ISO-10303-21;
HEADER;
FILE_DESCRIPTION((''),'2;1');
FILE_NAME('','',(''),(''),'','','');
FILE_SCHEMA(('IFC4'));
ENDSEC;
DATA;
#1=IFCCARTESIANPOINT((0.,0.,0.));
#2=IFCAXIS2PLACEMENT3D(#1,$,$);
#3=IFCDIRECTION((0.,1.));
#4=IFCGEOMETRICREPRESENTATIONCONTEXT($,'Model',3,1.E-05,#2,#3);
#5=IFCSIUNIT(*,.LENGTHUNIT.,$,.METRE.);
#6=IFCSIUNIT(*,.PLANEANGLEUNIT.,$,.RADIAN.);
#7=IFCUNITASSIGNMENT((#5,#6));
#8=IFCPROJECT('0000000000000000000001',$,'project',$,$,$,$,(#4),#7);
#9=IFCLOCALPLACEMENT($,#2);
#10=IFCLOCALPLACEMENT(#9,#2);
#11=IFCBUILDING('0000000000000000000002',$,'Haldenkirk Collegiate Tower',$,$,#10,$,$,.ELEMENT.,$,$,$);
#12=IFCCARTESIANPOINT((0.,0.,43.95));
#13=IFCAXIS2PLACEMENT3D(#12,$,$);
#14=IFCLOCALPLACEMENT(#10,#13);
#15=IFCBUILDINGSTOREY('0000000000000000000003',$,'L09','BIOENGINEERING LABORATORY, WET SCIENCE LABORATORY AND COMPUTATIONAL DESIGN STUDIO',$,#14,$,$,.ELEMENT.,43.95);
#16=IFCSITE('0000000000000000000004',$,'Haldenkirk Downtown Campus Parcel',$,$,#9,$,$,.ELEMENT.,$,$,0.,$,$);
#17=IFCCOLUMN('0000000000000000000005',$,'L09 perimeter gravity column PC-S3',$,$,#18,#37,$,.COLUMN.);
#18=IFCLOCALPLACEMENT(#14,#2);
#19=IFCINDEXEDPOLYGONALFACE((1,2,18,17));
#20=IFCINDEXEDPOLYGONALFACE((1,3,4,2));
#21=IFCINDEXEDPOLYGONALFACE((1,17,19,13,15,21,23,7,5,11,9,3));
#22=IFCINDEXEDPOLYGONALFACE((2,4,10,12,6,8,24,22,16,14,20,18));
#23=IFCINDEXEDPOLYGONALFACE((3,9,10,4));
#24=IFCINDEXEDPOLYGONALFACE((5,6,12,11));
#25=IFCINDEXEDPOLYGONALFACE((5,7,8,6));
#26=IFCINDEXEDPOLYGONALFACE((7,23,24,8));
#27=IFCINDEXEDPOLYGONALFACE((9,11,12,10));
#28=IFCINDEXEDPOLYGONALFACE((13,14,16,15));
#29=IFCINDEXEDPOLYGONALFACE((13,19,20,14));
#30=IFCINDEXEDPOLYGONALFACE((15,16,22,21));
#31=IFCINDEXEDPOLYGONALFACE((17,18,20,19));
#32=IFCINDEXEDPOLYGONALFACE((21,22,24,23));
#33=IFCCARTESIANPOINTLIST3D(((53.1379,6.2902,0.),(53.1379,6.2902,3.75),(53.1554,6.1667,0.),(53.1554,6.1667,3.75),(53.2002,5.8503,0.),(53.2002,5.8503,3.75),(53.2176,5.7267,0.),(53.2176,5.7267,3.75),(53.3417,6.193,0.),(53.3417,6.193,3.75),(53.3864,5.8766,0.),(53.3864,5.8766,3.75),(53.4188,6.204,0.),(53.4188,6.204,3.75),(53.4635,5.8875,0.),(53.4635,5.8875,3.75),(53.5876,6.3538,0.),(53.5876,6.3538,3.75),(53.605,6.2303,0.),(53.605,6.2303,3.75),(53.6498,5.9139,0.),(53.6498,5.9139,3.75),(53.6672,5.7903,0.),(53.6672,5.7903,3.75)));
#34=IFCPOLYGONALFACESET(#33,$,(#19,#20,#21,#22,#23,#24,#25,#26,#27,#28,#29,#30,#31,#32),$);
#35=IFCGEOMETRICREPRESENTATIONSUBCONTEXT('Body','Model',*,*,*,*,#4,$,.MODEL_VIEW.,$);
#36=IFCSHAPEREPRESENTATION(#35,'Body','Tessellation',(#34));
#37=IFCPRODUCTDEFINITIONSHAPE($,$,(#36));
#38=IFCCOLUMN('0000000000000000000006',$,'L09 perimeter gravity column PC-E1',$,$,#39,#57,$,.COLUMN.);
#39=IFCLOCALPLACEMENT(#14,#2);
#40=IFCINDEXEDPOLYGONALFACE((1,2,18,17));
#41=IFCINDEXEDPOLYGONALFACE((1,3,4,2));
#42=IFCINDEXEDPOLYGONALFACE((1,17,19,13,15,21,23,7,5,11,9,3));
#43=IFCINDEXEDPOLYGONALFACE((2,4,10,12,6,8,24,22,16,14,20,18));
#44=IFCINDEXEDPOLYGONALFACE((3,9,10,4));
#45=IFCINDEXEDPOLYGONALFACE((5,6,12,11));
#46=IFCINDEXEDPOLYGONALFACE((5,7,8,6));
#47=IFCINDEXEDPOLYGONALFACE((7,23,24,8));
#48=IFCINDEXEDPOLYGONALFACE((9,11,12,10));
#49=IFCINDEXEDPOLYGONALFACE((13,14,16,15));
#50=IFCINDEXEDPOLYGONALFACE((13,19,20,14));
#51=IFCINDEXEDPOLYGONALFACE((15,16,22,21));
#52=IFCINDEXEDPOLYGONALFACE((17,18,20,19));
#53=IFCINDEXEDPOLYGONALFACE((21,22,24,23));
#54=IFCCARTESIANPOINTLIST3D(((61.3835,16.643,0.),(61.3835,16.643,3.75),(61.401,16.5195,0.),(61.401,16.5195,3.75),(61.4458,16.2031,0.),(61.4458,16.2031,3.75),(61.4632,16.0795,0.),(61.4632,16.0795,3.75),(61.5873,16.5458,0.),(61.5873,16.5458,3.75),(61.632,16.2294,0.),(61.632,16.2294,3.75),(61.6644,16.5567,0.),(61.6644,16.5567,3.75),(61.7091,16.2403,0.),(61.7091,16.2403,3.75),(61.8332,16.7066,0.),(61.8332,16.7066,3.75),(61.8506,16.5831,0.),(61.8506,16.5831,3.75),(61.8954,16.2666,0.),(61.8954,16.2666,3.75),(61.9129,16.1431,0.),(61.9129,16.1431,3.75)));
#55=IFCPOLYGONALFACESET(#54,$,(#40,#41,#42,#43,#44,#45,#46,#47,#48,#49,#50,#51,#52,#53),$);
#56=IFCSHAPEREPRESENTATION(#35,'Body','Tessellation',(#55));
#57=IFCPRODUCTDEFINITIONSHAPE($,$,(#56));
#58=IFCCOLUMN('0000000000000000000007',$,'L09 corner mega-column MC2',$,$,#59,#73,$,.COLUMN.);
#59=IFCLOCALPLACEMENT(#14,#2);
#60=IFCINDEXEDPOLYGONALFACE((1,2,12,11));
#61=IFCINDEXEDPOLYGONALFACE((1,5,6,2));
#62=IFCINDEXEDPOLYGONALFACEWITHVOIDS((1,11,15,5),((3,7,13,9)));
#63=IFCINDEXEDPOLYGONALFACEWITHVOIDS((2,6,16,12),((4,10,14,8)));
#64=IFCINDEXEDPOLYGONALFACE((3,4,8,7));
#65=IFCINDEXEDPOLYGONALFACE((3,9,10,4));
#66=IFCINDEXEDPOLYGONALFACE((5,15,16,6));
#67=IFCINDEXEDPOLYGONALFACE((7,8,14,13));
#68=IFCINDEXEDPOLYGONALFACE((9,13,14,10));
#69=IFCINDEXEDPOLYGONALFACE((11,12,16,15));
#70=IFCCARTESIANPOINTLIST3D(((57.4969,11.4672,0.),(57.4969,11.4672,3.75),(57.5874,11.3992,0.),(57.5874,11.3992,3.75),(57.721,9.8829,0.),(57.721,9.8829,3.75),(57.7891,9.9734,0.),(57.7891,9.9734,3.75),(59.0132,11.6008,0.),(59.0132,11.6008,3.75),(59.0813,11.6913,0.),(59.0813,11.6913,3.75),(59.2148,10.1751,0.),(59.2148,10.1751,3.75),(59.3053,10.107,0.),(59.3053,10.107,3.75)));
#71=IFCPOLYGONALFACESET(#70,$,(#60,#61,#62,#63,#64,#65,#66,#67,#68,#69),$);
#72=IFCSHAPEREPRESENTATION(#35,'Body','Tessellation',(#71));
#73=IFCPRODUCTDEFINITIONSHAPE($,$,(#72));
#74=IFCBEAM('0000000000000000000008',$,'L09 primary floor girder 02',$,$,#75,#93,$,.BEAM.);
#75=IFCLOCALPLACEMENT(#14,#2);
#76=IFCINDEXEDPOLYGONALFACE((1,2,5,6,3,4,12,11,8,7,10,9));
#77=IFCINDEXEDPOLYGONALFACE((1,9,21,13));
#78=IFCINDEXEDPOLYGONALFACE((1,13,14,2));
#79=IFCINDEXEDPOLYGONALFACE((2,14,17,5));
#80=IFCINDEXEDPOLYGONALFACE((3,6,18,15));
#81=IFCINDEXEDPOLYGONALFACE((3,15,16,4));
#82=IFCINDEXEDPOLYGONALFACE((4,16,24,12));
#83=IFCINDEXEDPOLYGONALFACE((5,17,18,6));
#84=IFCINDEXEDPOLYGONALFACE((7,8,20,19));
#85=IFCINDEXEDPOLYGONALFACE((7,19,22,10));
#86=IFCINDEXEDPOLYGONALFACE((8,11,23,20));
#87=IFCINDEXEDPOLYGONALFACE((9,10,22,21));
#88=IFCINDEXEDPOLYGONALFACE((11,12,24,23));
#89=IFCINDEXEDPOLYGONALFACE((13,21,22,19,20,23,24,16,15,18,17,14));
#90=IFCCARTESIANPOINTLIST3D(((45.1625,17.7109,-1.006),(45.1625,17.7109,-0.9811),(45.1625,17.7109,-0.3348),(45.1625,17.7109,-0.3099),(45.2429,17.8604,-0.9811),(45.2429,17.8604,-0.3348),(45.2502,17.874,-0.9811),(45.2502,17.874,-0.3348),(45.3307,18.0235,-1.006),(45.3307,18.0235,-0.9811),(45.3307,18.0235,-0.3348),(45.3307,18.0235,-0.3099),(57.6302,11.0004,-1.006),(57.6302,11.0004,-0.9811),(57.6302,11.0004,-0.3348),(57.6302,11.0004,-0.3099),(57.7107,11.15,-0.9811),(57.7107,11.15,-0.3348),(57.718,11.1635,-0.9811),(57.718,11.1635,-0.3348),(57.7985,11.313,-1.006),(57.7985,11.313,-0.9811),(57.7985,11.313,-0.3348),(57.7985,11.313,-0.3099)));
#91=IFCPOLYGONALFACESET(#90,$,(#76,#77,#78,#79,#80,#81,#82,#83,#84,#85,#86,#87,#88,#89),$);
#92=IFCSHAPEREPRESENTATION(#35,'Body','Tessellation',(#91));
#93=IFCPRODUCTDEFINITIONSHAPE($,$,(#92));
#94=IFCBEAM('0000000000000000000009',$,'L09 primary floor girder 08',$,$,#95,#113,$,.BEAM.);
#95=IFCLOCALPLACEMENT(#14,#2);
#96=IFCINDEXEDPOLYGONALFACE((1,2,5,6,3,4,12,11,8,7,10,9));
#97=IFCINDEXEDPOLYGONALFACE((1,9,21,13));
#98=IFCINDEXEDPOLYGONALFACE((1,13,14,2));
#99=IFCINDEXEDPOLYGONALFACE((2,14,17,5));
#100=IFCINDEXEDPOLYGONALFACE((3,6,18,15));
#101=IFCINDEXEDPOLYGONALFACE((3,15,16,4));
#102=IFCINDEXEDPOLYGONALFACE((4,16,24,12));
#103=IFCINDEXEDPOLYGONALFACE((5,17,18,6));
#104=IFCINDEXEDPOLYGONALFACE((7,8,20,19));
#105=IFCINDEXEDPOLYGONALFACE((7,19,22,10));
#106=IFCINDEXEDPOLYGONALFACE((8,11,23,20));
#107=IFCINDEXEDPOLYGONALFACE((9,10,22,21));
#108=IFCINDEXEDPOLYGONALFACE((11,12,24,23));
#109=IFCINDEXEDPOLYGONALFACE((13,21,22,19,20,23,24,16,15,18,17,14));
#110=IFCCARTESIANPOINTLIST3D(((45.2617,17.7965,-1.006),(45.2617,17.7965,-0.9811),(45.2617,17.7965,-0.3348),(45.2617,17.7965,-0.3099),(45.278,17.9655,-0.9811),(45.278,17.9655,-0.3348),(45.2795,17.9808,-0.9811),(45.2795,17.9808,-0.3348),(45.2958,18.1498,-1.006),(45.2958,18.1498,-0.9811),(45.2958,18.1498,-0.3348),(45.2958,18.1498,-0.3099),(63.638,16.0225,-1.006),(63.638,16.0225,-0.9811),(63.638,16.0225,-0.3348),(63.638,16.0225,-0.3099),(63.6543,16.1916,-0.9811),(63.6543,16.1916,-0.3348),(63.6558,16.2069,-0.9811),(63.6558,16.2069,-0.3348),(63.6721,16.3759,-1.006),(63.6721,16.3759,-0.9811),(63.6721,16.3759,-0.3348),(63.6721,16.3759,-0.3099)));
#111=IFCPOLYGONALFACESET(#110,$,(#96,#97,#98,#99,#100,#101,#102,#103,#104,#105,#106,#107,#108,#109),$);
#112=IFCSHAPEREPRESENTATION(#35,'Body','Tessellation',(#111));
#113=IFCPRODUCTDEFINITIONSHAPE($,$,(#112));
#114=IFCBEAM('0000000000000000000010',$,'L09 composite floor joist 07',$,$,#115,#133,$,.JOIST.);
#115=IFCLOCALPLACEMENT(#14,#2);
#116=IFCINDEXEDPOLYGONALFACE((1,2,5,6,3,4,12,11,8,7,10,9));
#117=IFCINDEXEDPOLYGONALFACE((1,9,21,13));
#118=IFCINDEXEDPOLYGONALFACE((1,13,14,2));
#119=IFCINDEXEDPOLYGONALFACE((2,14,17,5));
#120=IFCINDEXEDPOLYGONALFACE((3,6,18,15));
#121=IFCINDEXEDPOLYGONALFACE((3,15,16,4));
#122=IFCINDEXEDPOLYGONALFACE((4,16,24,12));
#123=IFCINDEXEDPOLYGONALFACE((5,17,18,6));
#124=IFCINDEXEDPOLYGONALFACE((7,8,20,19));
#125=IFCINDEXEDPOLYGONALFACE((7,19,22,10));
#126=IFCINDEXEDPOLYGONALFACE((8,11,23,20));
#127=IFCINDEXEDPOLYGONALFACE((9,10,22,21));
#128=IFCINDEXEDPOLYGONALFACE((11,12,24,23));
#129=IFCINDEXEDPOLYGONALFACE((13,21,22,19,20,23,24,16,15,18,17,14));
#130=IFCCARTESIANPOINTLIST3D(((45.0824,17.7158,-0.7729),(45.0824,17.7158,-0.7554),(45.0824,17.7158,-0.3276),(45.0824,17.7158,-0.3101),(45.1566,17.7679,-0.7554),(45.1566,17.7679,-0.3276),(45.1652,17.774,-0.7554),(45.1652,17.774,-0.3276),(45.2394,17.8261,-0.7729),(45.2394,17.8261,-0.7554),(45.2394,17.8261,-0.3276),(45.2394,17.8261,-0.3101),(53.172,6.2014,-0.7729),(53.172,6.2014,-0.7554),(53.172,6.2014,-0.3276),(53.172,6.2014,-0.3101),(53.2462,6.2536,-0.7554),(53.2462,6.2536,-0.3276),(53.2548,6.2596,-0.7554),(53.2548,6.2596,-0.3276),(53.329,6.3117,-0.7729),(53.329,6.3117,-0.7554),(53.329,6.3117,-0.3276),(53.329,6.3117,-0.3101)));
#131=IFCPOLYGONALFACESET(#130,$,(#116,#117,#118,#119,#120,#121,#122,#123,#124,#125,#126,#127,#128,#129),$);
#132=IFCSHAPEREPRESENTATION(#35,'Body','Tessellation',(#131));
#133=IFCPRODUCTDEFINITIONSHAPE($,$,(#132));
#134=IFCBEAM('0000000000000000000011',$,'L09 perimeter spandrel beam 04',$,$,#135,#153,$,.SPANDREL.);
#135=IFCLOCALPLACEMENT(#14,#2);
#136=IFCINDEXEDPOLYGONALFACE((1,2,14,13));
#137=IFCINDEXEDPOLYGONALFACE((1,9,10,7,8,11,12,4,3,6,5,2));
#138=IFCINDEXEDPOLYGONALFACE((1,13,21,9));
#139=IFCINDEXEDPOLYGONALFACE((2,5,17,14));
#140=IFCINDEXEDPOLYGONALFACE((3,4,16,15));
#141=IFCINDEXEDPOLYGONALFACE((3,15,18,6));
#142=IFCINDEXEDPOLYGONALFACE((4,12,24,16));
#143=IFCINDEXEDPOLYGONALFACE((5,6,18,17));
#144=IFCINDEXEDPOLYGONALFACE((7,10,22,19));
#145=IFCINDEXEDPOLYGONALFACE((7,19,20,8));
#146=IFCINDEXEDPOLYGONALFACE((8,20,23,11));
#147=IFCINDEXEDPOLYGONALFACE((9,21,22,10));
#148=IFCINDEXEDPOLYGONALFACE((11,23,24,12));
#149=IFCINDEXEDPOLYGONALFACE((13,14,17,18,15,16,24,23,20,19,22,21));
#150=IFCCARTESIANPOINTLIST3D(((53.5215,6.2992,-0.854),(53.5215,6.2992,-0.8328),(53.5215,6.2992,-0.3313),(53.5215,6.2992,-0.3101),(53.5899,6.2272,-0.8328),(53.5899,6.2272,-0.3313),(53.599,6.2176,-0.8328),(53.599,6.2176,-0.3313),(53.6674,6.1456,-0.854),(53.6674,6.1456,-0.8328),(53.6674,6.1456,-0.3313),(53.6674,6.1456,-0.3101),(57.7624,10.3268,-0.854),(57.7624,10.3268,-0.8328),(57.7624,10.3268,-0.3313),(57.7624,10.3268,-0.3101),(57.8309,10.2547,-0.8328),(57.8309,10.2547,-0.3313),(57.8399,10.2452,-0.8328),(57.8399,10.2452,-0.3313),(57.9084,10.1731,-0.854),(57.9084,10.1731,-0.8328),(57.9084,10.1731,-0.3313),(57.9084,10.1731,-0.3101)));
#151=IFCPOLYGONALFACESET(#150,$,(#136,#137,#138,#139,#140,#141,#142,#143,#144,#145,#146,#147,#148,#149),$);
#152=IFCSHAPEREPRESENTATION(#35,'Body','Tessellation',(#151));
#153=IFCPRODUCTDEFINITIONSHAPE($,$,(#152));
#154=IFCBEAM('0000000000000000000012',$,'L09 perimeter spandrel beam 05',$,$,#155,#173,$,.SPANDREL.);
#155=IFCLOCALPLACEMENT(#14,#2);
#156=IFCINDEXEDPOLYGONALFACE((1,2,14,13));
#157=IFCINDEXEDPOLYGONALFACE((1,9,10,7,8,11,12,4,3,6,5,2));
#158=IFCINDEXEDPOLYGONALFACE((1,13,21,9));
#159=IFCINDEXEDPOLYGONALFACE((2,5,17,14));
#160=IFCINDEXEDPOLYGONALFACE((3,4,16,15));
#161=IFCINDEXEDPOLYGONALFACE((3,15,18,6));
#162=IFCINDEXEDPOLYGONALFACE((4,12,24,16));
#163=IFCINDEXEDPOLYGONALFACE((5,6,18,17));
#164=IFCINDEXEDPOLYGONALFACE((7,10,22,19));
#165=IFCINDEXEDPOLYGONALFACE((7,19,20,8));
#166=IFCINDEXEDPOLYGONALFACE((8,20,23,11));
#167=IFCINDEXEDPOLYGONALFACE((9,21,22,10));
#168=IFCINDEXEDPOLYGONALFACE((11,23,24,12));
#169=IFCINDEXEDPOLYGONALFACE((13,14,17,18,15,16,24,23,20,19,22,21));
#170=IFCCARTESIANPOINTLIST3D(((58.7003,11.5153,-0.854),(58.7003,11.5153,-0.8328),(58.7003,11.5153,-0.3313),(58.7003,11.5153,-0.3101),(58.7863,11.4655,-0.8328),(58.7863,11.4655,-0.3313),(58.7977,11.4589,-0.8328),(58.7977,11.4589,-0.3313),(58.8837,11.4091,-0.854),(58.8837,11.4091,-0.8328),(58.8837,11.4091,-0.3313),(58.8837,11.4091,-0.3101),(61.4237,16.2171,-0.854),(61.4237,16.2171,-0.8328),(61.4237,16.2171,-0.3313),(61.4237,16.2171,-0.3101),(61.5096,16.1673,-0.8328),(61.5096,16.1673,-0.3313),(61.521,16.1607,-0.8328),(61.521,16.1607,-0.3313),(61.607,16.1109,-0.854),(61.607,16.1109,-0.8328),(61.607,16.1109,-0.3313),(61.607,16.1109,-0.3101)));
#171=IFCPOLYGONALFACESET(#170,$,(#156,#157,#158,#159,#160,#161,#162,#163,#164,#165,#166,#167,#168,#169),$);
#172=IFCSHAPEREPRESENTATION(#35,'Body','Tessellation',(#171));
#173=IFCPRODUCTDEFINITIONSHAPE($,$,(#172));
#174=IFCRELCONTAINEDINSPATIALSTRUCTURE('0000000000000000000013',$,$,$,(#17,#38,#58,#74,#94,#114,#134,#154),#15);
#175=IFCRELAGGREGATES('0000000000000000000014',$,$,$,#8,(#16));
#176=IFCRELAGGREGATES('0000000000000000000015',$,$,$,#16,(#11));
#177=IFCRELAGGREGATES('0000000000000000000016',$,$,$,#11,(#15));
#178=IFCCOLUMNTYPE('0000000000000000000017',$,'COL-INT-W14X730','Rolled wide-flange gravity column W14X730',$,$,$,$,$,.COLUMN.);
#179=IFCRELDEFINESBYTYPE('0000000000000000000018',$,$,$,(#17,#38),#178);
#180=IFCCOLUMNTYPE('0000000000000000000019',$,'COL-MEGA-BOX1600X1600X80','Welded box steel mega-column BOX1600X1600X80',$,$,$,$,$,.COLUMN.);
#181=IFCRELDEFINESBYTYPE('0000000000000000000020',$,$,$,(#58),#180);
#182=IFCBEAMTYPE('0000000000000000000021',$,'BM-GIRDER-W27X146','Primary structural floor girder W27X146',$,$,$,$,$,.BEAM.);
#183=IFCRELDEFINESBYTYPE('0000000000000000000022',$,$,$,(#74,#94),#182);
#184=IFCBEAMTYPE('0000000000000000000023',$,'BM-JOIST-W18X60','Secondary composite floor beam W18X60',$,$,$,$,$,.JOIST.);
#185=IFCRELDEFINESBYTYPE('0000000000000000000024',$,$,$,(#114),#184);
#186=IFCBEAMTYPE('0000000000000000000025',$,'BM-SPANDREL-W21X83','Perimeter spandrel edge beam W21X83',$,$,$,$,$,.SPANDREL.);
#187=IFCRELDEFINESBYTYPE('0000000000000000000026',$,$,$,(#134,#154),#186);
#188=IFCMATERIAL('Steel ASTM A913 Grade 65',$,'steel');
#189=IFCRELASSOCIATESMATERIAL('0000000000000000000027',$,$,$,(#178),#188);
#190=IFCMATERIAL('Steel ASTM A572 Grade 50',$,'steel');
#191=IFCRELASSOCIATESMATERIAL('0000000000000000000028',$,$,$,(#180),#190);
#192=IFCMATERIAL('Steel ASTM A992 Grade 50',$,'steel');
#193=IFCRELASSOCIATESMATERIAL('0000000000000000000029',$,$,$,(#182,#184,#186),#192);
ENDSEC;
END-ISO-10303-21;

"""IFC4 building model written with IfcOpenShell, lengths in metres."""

from ifc_helpers import new_model, si_unit, direction, frame, origin, origin_2d, place, context, subcontext, project, spatial, hollow_rectangle, i_section, extrude, material, material_profile, profile_set, type_object, element, save


model = new_model("IFC4")

# Units and contexts
model_context = context("Model", 3, precision=1e-05, world=origin(), true_north=direction((0.0, 1.0)))
body_context = subcontext(model_context, "Body", "Model", "MODEL_VIEW")
ifc_project = project(units=[si_unit("LENGTHUNIT", "METRE"), si_unit("PLANEANGLEUNIT", "RADIAN")], contexts=[model_context])

# Site, building, storey
site_placement = place(None, origin())
site = spatial("IfcSite", under=ifc_project, at=site_placement, Name="Haldenkirk Downtown Campus Parcel", CompositionType="ELEMENT", RefElevation=0.0)
building_placement = place(site_placement, origin())
building = spatial("IfcBuilding", under=site, at=building_placement, Name="Haldenkirk Collegiate Tower", CompositionType="ELEMENT")
storey_placement = place(building_placement, frame((0.0, 0.0, 43.95)))
storey = spatial("IfcBuildingStorey", under=building, at=storey_placement, Name="L09", Description="BIOENGINEERING LABORATORY, WET SCIENCE LABORATORY AND COMPUTATIONAL DESIGN STUDIO", CompositionType="ELEMENT", Elevation=43.95)

# Columns
ifc_material_1 = material(Name="Steel ASTM A913 Grade 65", Category="steel")
ifc_material_profile_1 = material_profile(ifc_material_1, i_section(OverallWidth=0.4541, OverallDepth=0.5691, WebThickness=0.0779, FlangeThickness=0.1248, at=origin_2d()), Name="W14X730")
ifc_profile_set_1 = profile_set([ifc_material_profile_1], Name="Steel ASTM A913 Grade 65")
column_type_1 = type_object("IfcColumnType", Name="COL-INT-W14X730", Description="Rolled wide-flange gravity column W14X730", PredefinedType="COLUMN", material=ifc_profile_set_1)
for number, where, z_axis, x_axis, name in (
    (1, (53.4026, 6.0403, 0.0), (0.0, 0.0, 1.0), (0.990146, 0.140037, 0.0), "L09 perimeter gravity column PC-S3"),
    (2, (61.6482, 16.3931, 0.0), (0.0, 0.0, 1.0), (0.990146, 0.140037, 0.0), "L09 perimeter gravity column PC-E1"),
):
    element("IfcColumn", number, at=place(storey_placement, frame(where, z_axis=z_axis, x_axis=x_axis)), inside=storey, type_object=column_type_1, Name=name, PredefinedType="COLUMN", context=body_context, shape_type="SweptSolid", body=[
        extrude(i_section(OverallWidth=0.4541, OverallDepth=0.5691, WebThickness=0.0779, FlangeThickness=0.1248, at=origin_2d()), origin(), (0.0, 0.0, 1.0), 3.75),
    ])
ifc_material_2 = material(Name="Steel ASTM A572 Grade 50", Category="steel")
ifc_material_profile_2 = material_profile(ifc_material_2, hollow_rectangle(XDim=1.6001, YDim=1.6001, WallThickness=0.0801, at=origin_2d()), Name="BOX1600X1600X80")
ifc_profile_set_2 = profile_set([ifc_material_profile_2], Name="Steel ASTM A572 Grade 50")
column_type_2 = type_object("IfcColumnType", Name="COL-MEGA-BOX1600X1600X80", Description="Welded box steel mega-column BOX1600X1600X80", PredefinedType="COLUMN", material=ifc_profile_set_2)
column_placement = place(storey_placement, frame((58.4011, 10.7871, 0.0), z_axis=(0.0, 0.0, 1.0), x_axis=(0.990146, 0.140037, 0.0)))
element("IfcColumn", 3, at=column_placement, inside=storey, type_object=column_type_2, Name="L09 corner mega-column MC2", PredefinedType="COLUMN", context=body_context, shape_type="SweptSolid", body=[
    extrude(hollow_rectangle(XDim=1.6001, YDim=1.6001, WallThickness=0.0801, at=origin_2d()), origin(), (0.0, 0.0, 1.0), 3.75),
])

# Beams
ifc_material_3 = material(Name="Steel ASTM A992 Grade 50", Category="steel")
ifc_material_profile_3 = material_profile(ifc_material_3, i_section(OverallWidth=0.355, OverallDepth=0.696, WebThickness=0.0154, FlangeThickness=0.0249, at=origin_2d()), Name="W27X146")
ifc_profile_set_3 = profile_set([ifc_material_profile_3], Name="Steel ASTM A992 Grade 50")
beam_type_1 = type_object("IfcBeamType", Name="BM-GIRDER-W27X146", Description="Primary structural floor girder W27X146", PredefinedType="BEAM", material=ifc_profile_set_3)
beam_1_placement = place(storey_placement, frame((57.7144, 11.1567, -0.658), z_axis=(-0.880559, 0.473937, 0.0), x_axis=(-0.473937, -0.880559, 0.0)))
element("IfcBeam", 4, at=beam_1_placement, inside=storey, type_object=beam_type_1, Name="L09 primary floor girder 02", PredefinedType="BEAM", context=body_context, shape_type="SweptSolid", body=[
    extrude(i_section(OverallWidth=0.355, OverallDepth=0.696, WebThickness=0.0154, FlangeThickness=0.0249, at=origin_2d()), origin(), (0.0, 0.0, 1.0), 14.1589),
])
beam_2_placement = place(storey_placement, frame((63.655, 16.1992, -0.658), z_axis=(-0.995373, 0.096087, 0.0), x_axis=(-0.096087, -0.995373, 0.0)))
element("IfcBeam", 5, at=beam_2_placement, inside=storey, type_object=beam_type_1, Name="L09 primary floor girder 08", PredefinedType="BEAM", context=body_context, shape_type="SweptSolid", body=[
    extrude(i_section(OverallWidth=0.355, OverallDepth=0.696, WebThickness=0.0154, FlangeThickness=0.0249, at=origin_2d()), origin(), (0.0, 0.0, 1.0), 18.4617),
])
ifc_material_profile_4 = material_profile(ifc_material_3, i_section(OverallWidth=0.1919, OverallDepth=0.4629, WebThickness=0.0105, FlangeThickness=0.0176, at=origin_2d()), Name="W18X60")
ifc_profile_set_4 = profile_set([ifc_material_profile_4], Name="Steel ASTM A992 Grade 50")
beam_type_2 = type_object("IfcBeamType", Name="BM-JOIST-W18X60", Description="Secondary composite floor beam W18X60", PredefinedType="JOIST", material=ifc_profile_set_4)
beam_3_placement = place(storey_placement, frame((53.2505, 6.2566, -0.5415), z_axis=(-0.574869, 0.818245, 0.0), x_axis=(-0.818245, -0.574869, 0.0)))
element("IfcBeam", 6, at=beam_3_placement, inside=storey, type_object=beam_type_2, Name="L09 composite floor joist 07", PredefinedType="JOIST", context=body_context, shape_type="SweptSolid", body=[
    extrude(i_section(OverallWidth=0.1919, OverallDepth=0.4629, WebThickness=0.0105, FlangeThickness=0.0176, at=origin_2d()), origin(), (0.0, 0.0, 1.0), 14.072),
])
ifc_material_profile_5 = material_profile(ifc_material_3, i_section(OverallWidth=0.2119, OverallDepth=0.5439, WebThickness=0.0132, FlangeThickness=0.0212, at=origin_2d()), Name="W21X83")
ifc_profile_set_5 = profile_set([ifc_material_profile_5], Name="Steel ASTM A992 Grade 50")
beam_type_3 = type_object("IfcBeamType", Name="BM-SPANDREL-W21X83", Description="Perimeter spandrel edge beam W21X83", PredefinedType="SPANDREL", material=ifc_profile_set_5)
beam_4_placement = place(storey_placement, frame((53.5945, 6.2224, -0.582), z_axis=(0.725113, 0.68863, 0.0), x_axis=(-0.68863, 0.725113, 0.0)))
element("IfcBeam", 7, at=beam_4_placement, inside=storey, type_object=beam_type_3, Name="L09 perimeter spandrel beam 04", PredefinedType="SPANDREL", context=body_context, shape_type="SweptSolid", body=[
    extrude(i_section(OverallWidth=0.2119, OverallDepth=0.5439, WebThickness=0.0132, FlangeThickness=0.0212, at=origin_2d()), origin(), (0.0, 0.0, 1.0), 5.8486),
])
beam_5_placement = place(storey_placement, frame((58.792, 11.4622, -0.582), z_axis=(0.501206, 0.865328, 0.0), x_axis=(-0.865328, 0.501206, 0.0)))
element("IfcBeam", 8, at=beam_5_placement, inside=storey, type_object=beam_type_3, Name="L09 perimeter spandrel beam 05", PredefinedType="SPANDREL", context=body_context, shape_type="SweptSolid", body=[
    extrude(i_section(OverallWidth=0.2119, OverallDepth=0.5439, WebThickness=0.0132, FlangeThickness=0.0212, at=origin_2d()), origin(), (0.0, 0.0, 1.0), 5.4336),
])

save(model, "model.ifc")
